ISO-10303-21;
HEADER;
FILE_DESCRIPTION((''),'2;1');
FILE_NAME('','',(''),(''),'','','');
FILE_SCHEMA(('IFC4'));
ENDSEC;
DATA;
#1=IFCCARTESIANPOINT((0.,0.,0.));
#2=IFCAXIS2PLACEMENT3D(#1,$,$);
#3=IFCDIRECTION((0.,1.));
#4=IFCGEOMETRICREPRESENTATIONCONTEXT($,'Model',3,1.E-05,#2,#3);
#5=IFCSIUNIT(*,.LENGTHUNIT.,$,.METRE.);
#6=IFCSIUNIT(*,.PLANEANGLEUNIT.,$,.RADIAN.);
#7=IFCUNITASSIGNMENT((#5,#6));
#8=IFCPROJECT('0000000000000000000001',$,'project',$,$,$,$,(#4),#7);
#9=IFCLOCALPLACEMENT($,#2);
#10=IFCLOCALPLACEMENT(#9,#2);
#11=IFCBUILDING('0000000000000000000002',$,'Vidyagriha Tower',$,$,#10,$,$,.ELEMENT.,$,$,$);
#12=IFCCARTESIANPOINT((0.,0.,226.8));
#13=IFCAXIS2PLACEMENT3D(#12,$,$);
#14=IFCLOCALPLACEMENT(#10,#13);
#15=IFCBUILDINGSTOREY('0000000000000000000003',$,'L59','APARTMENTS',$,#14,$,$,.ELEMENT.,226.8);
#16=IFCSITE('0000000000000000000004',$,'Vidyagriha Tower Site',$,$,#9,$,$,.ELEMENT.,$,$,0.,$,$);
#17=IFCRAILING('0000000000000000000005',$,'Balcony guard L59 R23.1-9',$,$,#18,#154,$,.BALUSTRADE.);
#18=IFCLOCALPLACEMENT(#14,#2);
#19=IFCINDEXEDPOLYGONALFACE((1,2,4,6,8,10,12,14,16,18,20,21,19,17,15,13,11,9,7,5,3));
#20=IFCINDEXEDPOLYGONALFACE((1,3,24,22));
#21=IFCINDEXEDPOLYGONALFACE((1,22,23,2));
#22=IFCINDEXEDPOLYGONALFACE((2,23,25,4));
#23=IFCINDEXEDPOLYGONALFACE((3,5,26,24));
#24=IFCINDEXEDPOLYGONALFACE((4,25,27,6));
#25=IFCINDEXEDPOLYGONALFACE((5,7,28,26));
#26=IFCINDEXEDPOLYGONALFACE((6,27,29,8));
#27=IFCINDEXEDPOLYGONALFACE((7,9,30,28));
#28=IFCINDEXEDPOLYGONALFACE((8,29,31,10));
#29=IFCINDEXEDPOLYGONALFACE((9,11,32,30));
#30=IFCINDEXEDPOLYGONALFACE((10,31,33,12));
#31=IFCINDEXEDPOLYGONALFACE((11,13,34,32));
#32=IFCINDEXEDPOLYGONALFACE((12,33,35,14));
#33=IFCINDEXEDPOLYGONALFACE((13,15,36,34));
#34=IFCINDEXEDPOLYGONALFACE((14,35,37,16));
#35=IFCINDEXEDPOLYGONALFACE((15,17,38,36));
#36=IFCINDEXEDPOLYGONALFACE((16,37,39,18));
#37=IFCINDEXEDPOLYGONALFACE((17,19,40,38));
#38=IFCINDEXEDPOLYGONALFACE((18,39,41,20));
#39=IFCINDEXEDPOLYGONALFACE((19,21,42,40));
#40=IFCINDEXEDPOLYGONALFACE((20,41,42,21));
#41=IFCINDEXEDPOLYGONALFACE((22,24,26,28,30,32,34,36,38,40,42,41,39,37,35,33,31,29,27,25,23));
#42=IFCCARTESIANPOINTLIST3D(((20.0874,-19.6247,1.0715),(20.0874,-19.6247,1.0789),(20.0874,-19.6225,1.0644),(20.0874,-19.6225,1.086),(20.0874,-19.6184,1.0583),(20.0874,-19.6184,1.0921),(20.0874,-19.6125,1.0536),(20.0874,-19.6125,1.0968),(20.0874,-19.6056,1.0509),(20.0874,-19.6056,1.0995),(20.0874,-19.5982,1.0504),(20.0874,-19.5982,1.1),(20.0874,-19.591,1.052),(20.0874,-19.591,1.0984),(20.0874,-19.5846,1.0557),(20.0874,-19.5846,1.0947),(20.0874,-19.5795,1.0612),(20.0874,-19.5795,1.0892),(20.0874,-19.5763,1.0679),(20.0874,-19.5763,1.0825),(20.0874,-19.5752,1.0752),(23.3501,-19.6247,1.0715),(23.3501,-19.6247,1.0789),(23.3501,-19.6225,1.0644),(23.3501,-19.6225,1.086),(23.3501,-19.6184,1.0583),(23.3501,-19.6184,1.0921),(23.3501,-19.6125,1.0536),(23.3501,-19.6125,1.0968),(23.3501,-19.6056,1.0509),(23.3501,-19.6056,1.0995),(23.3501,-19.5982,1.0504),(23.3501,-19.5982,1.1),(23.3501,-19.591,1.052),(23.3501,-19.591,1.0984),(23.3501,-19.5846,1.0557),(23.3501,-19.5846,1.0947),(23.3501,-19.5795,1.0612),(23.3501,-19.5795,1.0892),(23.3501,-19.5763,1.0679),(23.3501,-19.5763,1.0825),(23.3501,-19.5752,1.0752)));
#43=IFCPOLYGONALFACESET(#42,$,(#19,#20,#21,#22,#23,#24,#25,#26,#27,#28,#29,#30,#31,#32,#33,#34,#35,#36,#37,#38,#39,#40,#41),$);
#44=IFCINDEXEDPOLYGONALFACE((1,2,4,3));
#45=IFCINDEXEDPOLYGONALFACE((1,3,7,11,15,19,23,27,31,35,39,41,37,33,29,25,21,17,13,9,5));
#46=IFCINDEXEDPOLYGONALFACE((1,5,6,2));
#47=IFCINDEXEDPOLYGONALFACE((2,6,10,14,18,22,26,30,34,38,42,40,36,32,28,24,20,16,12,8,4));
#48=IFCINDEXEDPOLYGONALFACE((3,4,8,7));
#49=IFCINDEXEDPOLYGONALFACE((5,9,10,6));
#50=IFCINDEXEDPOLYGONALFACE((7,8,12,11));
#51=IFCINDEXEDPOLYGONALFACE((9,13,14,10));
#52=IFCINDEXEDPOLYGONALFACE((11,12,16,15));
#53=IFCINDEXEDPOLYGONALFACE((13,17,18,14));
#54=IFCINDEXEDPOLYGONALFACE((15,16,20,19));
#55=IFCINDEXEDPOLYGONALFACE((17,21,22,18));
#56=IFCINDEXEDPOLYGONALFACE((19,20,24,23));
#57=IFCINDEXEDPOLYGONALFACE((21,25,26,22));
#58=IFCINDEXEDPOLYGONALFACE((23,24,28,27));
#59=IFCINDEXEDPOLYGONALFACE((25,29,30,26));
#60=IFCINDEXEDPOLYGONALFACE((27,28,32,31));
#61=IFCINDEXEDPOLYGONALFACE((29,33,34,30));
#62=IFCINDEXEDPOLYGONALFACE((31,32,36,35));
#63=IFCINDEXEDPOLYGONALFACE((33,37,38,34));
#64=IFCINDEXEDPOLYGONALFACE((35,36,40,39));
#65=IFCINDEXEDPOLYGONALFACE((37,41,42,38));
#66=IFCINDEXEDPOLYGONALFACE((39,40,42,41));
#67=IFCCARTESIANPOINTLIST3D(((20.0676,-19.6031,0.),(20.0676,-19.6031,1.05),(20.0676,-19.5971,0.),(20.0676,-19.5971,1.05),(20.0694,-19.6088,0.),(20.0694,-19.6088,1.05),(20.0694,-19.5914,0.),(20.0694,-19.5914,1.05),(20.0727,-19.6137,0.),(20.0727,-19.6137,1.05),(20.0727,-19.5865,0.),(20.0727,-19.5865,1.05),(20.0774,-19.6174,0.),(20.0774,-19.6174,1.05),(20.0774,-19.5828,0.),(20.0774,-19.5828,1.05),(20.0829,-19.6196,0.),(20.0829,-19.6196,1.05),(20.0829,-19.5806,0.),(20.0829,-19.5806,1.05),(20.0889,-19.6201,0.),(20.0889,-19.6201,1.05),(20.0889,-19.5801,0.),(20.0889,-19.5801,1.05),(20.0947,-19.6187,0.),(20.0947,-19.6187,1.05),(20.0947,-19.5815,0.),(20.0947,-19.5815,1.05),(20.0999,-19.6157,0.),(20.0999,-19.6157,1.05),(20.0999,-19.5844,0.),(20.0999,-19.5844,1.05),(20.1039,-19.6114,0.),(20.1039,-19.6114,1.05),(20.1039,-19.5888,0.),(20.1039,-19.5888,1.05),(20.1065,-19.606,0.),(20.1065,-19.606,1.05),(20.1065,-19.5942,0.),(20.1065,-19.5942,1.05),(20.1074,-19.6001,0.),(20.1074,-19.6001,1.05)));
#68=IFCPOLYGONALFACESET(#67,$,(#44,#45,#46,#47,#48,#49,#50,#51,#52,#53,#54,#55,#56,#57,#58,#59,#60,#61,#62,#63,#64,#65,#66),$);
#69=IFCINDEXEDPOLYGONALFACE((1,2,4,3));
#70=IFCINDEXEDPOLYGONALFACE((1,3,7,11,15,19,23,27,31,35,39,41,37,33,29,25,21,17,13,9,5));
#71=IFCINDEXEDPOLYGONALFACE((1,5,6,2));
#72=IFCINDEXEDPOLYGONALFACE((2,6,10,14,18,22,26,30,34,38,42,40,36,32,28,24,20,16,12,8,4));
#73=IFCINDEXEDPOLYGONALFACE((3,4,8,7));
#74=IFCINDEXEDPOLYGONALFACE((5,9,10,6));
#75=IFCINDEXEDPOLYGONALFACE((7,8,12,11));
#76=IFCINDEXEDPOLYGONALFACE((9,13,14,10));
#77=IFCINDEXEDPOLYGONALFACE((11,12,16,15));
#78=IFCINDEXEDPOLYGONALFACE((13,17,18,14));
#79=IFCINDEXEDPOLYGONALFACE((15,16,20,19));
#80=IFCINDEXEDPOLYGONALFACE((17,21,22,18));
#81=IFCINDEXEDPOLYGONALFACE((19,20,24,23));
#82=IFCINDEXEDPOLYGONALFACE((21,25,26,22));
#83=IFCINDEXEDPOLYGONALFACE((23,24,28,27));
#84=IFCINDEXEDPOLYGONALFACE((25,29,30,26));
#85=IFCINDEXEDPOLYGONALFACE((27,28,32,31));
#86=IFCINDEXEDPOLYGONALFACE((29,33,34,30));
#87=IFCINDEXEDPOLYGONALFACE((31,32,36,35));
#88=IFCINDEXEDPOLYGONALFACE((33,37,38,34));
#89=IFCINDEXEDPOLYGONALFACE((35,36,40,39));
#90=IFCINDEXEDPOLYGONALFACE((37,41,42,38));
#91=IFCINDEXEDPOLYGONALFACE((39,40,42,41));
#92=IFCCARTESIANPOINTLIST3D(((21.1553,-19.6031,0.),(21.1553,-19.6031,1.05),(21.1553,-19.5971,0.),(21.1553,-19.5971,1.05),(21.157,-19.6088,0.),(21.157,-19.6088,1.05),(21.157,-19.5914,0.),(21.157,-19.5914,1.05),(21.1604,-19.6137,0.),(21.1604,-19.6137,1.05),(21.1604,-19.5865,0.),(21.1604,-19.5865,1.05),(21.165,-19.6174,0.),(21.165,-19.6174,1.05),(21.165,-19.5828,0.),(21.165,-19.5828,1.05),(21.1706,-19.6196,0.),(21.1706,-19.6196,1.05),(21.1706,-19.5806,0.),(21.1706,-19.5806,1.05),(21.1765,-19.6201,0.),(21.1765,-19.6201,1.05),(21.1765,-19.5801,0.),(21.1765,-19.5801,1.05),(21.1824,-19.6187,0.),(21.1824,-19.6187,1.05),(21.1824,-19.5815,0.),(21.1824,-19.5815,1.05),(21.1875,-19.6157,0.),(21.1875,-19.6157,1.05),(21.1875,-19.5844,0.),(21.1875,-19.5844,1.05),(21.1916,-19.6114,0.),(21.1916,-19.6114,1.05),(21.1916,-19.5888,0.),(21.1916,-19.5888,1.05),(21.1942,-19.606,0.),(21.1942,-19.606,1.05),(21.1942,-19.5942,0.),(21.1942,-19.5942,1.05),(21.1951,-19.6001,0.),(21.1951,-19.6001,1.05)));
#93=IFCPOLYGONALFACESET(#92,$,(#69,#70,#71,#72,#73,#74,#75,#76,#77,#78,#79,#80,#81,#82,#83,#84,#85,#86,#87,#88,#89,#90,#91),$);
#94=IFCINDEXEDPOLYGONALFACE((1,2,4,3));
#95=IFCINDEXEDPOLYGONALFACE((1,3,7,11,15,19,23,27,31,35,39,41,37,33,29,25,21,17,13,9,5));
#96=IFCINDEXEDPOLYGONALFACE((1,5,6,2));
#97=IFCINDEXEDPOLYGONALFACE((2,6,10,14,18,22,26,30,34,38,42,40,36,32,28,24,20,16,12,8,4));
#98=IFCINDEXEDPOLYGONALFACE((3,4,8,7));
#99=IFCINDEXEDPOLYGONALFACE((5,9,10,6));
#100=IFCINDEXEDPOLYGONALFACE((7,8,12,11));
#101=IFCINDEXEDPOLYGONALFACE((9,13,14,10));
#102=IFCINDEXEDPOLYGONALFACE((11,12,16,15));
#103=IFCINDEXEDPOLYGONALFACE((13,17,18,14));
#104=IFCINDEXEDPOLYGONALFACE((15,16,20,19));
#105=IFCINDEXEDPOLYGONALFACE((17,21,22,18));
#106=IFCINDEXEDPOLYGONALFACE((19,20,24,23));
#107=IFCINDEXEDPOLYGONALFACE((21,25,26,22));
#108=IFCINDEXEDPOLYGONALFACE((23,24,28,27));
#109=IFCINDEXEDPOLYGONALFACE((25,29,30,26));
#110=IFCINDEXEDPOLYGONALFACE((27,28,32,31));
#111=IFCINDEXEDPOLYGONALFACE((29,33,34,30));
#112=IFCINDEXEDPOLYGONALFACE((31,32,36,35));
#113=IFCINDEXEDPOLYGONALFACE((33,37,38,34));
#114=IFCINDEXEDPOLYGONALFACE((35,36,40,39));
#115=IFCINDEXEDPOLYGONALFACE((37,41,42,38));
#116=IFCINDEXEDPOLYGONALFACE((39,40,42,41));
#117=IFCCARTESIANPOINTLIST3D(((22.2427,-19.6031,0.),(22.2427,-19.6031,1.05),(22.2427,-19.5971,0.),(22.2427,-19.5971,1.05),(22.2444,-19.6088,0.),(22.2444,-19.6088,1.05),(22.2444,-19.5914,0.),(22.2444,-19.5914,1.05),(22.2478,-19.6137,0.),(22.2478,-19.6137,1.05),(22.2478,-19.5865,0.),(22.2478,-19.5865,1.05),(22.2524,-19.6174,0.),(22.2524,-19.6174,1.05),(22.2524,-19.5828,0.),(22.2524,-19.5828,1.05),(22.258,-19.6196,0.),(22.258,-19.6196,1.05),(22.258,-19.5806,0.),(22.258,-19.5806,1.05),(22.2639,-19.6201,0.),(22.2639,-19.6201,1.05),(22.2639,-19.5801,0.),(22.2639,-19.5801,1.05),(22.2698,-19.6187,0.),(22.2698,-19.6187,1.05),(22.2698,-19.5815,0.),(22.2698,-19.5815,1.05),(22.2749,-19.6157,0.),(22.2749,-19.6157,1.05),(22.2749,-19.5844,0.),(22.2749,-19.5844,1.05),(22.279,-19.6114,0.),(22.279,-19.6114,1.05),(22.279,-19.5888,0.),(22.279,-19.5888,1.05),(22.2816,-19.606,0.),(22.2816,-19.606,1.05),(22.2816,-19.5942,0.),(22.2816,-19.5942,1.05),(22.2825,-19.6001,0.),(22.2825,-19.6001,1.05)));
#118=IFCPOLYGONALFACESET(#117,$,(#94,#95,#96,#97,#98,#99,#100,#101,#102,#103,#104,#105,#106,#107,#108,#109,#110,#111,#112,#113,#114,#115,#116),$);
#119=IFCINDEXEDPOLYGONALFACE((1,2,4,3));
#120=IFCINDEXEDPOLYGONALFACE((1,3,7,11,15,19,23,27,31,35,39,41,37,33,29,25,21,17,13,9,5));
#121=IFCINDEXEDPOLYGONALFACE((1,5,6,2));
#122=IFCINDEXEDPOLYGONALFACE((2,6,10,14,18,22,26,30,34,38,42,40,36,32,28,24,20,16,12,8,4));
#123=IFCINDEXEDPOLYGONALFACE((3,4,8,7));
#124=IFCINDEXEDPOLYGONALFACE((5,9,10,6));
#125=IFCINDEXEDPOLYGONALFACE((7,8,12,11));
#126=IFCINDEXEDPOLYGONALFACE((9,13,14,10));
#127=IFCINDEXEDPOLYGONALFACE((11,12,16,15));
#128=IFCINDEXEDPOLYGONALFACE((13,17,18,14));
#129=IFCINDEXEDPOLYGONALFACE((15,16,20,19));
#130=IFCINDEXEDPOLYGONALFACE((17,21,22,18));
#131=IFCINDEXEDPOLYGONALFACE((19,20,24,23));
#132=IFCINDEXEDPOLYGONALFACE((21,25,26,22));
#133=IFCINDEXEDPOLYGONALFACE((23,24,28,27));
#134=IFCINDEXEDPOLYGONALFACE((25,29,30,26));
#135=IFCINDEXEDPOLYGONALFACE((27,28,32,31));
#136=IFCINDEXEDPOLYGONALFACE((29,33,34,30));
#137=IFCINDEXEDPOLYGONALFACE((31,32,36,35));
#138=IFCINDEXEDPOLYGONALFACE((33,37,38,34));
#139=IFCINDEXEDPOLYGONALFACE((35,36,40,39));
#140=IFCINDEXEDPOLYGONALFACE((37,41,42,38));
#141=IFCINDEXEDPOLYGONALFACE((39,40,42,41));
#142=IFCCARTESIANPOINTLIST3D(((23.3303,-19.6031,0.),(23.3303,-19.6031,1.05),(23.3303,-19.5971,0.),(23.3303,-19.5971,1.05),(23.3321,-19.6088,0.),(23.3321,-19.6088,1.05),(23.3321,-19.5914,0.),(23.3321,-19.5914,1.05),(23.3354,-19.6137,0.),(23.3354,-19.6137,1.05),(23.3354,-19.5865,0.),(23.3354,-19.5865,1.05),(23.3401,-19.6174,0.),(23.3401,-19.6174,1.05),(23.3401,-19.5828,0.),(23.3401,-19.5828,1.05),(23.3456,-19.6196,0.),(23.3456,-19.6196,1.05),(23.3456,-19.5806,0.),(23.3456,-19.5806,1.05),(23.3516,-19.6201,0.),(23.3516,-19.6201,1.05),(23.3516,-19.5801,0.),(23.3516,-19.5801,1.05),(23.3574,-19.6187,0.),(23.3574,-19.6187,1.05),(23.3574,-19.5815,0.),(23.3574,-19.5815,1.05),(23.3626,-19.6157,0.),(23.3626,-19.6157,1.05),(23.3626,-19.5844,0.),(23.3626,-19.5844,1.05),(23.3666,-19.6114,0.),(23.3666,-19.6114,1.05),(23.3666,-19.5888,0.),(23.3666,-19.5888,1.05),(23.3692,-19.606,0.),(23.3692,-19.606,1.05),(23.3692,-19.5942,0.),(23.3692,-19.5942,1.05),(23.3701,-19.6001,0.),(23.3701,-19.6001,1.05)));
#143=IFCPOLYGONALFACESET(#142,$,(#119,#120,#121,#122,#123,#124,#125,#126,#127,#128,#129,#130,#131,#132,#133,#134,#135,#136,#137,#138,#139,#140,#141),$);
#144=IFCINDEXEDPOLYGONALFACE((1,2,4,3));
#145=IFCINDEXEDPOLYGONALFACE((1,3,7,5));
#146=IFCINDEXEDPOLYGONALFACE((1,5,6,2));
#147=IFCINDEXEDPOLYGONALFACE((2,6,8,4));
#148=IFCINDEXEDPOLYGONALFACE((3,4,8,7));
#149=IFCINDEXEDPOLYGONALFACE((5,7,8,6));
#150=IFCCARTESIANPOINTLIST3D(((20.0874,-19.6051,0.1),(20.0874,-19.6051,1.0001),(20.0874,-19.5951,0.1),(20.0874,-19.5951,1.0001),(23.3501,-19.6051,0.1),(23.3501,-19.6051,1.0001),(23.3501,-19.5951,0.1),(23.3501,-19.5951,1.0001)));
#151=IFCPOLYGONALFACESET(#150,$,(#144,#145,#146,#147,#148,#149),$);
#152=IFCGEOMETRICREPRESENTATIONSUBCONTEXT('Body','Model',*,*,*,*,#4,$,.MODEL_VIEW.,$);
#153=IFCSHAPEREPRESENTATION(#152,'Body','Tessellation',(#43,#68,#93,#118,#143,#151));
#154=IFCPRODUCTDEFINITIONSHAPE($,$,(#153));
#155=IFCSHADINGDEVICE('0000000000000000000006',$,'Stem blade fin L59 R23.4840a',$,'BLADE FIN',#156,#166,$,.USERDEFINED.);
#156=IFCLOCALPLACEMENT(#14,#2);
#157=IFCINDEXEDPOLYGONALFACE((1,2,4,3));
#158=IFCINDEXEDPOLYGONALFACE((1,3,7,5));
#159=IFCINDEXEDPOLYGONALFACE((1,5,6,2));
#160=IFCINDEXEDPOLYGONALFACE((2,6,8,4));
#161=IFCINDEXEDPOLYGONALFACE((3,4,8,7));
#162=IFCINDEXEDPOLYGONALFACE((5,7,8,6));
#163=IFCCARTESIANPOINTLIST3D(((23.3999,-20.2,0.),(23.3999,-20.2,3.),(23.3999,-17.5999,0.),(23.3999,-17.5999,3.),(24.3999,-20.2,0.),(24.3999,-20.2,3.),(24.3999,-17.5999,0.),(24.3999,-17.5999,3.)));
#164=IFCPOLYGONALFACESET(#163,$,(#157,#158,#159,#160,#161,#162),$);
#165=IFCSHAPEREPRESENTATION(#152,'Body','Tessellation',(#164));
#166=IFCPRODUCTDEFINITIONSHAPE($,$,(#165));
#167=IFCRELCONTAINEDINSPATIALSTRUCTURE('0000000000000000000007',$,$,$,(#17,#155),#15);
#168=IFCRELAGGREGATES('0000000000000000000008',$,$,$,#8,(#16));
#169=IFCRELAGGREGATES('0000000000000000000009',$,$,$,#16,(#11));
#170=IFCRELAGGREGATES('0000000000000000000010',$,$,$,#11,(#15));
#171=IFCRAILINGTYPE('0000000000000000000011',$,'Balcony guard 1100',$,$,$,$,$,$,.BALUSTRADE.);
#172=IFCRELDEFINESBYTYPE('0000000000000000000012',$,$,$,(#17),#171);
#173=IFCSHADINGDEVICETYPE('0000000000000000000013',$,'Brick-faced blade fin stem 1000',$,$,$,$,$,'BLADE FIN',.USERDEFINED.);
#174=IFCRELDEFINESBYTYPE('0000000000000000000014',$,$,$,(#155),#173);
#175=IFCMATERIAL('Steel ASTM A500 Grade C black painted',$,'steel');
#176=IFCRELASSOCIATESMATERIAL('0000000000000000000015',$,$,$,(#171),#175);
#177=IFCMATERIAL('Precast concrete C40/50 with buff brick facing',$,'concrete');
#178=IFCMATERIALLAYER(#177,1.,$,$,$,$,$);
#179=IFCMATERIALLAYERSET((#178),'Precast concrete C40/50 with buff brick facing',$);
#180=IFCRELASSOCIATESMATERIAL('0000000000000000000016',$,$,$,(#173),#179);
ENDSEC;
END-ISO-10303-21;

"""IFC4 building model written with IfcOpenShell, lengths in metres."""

from ifc_helpers import new_model, si_unit, direction, frame, origin, origin_2d, place, context, subcontext, project, spatial, polyline, rectangle, circle, outline, extrude, material, layer, layer_set, type_object, element, save


model = new_model("IFC4")

# Units and contexts
model_context = context("Model", 3, precision=1e-05, world=origin(), true_north=direction((0.0, 1.0)))
body_context = subcontext(model_context, "Body", "Model", "MODEL_VIEW")
ifc_project = project(units=[si_unit("LENGTHUNIT", "METRE"), si_unit("PLANEANGLEUNIT", "RADIAN")], contexts=[model_context])

# Site, building, storey
site_placement = place(None, origin())
site = spatial("IfcSite", under=ifc_project, at=site_placement, Name="Vidyagriha Tower Site", CompositionType="ELEMENT", RefElevation=0.0)
building_placement = place(site_placement, origin())
building = spatial("IfcBuilding", under=site, at=building_placement, Name="Vidyagriha Tower", CompositionType="ELEMENT")
storey_placement = place(building_placement, frame((0.0, 0.0, 226.8)))
storey = spatial("IfcBuildingStorey", under=building, at=storey_placement, Name="L59", Description="APARTMENTS", CompositionType="ELEMENT", Elevation=226.8)

# Railing
ifc_material_1 = material(Name="Steel ASTM A500 Grade C black painted", Category="steel")
railing_type_1 = type_object("IfcRailingType", Name="Balcony guard 1100", PredefinedType="BALUSTRADE", material=ifc_material_1)
railing_1_placement = place(storey_placement, frame((20.0874, -19.6001, 0.0)))
element("IfcRailing", 1, at=railing_1_placement, inside=storey, type_object=railing_type_1, Name="Balcony guard L59 R23.1-9", PredefinedType="BALUSTRADE", context=body_context, shape_type="SweptSolid", body=[
    extrude(circle(Radius=0.0249, at=origin_2d()), frame((0.0, 0.0, 1.0752), z_axis=(1.0, 0.0, 0.0), x_axis=(0.0, 1.0, 0.0)), (0.0, 0.0, 1.0), 3.2627),
    extrude(circle(Radius=0.02, at=origin_2d()), origin(), (0.0, 0.0, 1.0), 1.05),
    extrude(circle(Radius=0.02, at=origin_2d()), frame((1.0876, 0.0, 0.0)), (0.0, 0.0, 1.0), 1.05),
    extrude(circle(Radius=0.02, at=origin_2d()), frame((2.175, 0.0, 0.0)), (0.0, 0.0, 1.0), 1.05),
    extrude(circle(Radius=0.02, at=origin_2d()), frame((3.2627, 0.0, 0.0)), (0.0, 0.0, 1.0), 1.05),
    extrude(rectangle(XDim=0.01, YDim=0.9001, at=origin_2d()), frame((0.0, 0.0, 0.55), z_axis=(1.0, 0.0, 0.0), x_axis=(0.0, 1.0, 0.0)), (0.0, 0.0, 1.0), 3.2627),
])

# Shading device
ifc_material_2 = material(Name="Precast concrete C40/50 with buff brick facing", Category="concrete")
ifc_layer_1 = layer(ifc_material_2, 1.0)
ifc_layer_set_1 = layer_set([ifc_layer_1], Name="Precast concrete C40/50 with buff brick facing")
shading_device_type = type_object("IfcShadingDeviceType", Name="Brick-faced blade fin stem 1000", ElementType="BLADE FIN", PredefinedType="USERDEFINED", material=ifc_layer_set_1)
shading_device_placement = place(storey_placement, frame((23.3999, -18.8999, 0.0)))
element("IfcShadingDevice", 2, at=shading_device_placement, inside=storey, type_object=shading_device_type, Name="Stem blade fin L59 R23.4840a", ObjectType="BLADE FIN", PredefinedType="USERDEFINED", context=body_context, shape_type="SweptSolid", body=[
    extrude(outline(polyline([(0.0, 0.0), (1.0, 0.0), (1.0, 3.0), (0.0, 3.0), (0.0, 0.0)])), frame((0.0, 1.3, 0.0), z_axis=(0.0, -1.0, 0.0), x_axis=(1.0, 0.0, 0.0)), (0.0, 0.0, 1.0), 2.6001),
])

save(model, "model.ifc")
